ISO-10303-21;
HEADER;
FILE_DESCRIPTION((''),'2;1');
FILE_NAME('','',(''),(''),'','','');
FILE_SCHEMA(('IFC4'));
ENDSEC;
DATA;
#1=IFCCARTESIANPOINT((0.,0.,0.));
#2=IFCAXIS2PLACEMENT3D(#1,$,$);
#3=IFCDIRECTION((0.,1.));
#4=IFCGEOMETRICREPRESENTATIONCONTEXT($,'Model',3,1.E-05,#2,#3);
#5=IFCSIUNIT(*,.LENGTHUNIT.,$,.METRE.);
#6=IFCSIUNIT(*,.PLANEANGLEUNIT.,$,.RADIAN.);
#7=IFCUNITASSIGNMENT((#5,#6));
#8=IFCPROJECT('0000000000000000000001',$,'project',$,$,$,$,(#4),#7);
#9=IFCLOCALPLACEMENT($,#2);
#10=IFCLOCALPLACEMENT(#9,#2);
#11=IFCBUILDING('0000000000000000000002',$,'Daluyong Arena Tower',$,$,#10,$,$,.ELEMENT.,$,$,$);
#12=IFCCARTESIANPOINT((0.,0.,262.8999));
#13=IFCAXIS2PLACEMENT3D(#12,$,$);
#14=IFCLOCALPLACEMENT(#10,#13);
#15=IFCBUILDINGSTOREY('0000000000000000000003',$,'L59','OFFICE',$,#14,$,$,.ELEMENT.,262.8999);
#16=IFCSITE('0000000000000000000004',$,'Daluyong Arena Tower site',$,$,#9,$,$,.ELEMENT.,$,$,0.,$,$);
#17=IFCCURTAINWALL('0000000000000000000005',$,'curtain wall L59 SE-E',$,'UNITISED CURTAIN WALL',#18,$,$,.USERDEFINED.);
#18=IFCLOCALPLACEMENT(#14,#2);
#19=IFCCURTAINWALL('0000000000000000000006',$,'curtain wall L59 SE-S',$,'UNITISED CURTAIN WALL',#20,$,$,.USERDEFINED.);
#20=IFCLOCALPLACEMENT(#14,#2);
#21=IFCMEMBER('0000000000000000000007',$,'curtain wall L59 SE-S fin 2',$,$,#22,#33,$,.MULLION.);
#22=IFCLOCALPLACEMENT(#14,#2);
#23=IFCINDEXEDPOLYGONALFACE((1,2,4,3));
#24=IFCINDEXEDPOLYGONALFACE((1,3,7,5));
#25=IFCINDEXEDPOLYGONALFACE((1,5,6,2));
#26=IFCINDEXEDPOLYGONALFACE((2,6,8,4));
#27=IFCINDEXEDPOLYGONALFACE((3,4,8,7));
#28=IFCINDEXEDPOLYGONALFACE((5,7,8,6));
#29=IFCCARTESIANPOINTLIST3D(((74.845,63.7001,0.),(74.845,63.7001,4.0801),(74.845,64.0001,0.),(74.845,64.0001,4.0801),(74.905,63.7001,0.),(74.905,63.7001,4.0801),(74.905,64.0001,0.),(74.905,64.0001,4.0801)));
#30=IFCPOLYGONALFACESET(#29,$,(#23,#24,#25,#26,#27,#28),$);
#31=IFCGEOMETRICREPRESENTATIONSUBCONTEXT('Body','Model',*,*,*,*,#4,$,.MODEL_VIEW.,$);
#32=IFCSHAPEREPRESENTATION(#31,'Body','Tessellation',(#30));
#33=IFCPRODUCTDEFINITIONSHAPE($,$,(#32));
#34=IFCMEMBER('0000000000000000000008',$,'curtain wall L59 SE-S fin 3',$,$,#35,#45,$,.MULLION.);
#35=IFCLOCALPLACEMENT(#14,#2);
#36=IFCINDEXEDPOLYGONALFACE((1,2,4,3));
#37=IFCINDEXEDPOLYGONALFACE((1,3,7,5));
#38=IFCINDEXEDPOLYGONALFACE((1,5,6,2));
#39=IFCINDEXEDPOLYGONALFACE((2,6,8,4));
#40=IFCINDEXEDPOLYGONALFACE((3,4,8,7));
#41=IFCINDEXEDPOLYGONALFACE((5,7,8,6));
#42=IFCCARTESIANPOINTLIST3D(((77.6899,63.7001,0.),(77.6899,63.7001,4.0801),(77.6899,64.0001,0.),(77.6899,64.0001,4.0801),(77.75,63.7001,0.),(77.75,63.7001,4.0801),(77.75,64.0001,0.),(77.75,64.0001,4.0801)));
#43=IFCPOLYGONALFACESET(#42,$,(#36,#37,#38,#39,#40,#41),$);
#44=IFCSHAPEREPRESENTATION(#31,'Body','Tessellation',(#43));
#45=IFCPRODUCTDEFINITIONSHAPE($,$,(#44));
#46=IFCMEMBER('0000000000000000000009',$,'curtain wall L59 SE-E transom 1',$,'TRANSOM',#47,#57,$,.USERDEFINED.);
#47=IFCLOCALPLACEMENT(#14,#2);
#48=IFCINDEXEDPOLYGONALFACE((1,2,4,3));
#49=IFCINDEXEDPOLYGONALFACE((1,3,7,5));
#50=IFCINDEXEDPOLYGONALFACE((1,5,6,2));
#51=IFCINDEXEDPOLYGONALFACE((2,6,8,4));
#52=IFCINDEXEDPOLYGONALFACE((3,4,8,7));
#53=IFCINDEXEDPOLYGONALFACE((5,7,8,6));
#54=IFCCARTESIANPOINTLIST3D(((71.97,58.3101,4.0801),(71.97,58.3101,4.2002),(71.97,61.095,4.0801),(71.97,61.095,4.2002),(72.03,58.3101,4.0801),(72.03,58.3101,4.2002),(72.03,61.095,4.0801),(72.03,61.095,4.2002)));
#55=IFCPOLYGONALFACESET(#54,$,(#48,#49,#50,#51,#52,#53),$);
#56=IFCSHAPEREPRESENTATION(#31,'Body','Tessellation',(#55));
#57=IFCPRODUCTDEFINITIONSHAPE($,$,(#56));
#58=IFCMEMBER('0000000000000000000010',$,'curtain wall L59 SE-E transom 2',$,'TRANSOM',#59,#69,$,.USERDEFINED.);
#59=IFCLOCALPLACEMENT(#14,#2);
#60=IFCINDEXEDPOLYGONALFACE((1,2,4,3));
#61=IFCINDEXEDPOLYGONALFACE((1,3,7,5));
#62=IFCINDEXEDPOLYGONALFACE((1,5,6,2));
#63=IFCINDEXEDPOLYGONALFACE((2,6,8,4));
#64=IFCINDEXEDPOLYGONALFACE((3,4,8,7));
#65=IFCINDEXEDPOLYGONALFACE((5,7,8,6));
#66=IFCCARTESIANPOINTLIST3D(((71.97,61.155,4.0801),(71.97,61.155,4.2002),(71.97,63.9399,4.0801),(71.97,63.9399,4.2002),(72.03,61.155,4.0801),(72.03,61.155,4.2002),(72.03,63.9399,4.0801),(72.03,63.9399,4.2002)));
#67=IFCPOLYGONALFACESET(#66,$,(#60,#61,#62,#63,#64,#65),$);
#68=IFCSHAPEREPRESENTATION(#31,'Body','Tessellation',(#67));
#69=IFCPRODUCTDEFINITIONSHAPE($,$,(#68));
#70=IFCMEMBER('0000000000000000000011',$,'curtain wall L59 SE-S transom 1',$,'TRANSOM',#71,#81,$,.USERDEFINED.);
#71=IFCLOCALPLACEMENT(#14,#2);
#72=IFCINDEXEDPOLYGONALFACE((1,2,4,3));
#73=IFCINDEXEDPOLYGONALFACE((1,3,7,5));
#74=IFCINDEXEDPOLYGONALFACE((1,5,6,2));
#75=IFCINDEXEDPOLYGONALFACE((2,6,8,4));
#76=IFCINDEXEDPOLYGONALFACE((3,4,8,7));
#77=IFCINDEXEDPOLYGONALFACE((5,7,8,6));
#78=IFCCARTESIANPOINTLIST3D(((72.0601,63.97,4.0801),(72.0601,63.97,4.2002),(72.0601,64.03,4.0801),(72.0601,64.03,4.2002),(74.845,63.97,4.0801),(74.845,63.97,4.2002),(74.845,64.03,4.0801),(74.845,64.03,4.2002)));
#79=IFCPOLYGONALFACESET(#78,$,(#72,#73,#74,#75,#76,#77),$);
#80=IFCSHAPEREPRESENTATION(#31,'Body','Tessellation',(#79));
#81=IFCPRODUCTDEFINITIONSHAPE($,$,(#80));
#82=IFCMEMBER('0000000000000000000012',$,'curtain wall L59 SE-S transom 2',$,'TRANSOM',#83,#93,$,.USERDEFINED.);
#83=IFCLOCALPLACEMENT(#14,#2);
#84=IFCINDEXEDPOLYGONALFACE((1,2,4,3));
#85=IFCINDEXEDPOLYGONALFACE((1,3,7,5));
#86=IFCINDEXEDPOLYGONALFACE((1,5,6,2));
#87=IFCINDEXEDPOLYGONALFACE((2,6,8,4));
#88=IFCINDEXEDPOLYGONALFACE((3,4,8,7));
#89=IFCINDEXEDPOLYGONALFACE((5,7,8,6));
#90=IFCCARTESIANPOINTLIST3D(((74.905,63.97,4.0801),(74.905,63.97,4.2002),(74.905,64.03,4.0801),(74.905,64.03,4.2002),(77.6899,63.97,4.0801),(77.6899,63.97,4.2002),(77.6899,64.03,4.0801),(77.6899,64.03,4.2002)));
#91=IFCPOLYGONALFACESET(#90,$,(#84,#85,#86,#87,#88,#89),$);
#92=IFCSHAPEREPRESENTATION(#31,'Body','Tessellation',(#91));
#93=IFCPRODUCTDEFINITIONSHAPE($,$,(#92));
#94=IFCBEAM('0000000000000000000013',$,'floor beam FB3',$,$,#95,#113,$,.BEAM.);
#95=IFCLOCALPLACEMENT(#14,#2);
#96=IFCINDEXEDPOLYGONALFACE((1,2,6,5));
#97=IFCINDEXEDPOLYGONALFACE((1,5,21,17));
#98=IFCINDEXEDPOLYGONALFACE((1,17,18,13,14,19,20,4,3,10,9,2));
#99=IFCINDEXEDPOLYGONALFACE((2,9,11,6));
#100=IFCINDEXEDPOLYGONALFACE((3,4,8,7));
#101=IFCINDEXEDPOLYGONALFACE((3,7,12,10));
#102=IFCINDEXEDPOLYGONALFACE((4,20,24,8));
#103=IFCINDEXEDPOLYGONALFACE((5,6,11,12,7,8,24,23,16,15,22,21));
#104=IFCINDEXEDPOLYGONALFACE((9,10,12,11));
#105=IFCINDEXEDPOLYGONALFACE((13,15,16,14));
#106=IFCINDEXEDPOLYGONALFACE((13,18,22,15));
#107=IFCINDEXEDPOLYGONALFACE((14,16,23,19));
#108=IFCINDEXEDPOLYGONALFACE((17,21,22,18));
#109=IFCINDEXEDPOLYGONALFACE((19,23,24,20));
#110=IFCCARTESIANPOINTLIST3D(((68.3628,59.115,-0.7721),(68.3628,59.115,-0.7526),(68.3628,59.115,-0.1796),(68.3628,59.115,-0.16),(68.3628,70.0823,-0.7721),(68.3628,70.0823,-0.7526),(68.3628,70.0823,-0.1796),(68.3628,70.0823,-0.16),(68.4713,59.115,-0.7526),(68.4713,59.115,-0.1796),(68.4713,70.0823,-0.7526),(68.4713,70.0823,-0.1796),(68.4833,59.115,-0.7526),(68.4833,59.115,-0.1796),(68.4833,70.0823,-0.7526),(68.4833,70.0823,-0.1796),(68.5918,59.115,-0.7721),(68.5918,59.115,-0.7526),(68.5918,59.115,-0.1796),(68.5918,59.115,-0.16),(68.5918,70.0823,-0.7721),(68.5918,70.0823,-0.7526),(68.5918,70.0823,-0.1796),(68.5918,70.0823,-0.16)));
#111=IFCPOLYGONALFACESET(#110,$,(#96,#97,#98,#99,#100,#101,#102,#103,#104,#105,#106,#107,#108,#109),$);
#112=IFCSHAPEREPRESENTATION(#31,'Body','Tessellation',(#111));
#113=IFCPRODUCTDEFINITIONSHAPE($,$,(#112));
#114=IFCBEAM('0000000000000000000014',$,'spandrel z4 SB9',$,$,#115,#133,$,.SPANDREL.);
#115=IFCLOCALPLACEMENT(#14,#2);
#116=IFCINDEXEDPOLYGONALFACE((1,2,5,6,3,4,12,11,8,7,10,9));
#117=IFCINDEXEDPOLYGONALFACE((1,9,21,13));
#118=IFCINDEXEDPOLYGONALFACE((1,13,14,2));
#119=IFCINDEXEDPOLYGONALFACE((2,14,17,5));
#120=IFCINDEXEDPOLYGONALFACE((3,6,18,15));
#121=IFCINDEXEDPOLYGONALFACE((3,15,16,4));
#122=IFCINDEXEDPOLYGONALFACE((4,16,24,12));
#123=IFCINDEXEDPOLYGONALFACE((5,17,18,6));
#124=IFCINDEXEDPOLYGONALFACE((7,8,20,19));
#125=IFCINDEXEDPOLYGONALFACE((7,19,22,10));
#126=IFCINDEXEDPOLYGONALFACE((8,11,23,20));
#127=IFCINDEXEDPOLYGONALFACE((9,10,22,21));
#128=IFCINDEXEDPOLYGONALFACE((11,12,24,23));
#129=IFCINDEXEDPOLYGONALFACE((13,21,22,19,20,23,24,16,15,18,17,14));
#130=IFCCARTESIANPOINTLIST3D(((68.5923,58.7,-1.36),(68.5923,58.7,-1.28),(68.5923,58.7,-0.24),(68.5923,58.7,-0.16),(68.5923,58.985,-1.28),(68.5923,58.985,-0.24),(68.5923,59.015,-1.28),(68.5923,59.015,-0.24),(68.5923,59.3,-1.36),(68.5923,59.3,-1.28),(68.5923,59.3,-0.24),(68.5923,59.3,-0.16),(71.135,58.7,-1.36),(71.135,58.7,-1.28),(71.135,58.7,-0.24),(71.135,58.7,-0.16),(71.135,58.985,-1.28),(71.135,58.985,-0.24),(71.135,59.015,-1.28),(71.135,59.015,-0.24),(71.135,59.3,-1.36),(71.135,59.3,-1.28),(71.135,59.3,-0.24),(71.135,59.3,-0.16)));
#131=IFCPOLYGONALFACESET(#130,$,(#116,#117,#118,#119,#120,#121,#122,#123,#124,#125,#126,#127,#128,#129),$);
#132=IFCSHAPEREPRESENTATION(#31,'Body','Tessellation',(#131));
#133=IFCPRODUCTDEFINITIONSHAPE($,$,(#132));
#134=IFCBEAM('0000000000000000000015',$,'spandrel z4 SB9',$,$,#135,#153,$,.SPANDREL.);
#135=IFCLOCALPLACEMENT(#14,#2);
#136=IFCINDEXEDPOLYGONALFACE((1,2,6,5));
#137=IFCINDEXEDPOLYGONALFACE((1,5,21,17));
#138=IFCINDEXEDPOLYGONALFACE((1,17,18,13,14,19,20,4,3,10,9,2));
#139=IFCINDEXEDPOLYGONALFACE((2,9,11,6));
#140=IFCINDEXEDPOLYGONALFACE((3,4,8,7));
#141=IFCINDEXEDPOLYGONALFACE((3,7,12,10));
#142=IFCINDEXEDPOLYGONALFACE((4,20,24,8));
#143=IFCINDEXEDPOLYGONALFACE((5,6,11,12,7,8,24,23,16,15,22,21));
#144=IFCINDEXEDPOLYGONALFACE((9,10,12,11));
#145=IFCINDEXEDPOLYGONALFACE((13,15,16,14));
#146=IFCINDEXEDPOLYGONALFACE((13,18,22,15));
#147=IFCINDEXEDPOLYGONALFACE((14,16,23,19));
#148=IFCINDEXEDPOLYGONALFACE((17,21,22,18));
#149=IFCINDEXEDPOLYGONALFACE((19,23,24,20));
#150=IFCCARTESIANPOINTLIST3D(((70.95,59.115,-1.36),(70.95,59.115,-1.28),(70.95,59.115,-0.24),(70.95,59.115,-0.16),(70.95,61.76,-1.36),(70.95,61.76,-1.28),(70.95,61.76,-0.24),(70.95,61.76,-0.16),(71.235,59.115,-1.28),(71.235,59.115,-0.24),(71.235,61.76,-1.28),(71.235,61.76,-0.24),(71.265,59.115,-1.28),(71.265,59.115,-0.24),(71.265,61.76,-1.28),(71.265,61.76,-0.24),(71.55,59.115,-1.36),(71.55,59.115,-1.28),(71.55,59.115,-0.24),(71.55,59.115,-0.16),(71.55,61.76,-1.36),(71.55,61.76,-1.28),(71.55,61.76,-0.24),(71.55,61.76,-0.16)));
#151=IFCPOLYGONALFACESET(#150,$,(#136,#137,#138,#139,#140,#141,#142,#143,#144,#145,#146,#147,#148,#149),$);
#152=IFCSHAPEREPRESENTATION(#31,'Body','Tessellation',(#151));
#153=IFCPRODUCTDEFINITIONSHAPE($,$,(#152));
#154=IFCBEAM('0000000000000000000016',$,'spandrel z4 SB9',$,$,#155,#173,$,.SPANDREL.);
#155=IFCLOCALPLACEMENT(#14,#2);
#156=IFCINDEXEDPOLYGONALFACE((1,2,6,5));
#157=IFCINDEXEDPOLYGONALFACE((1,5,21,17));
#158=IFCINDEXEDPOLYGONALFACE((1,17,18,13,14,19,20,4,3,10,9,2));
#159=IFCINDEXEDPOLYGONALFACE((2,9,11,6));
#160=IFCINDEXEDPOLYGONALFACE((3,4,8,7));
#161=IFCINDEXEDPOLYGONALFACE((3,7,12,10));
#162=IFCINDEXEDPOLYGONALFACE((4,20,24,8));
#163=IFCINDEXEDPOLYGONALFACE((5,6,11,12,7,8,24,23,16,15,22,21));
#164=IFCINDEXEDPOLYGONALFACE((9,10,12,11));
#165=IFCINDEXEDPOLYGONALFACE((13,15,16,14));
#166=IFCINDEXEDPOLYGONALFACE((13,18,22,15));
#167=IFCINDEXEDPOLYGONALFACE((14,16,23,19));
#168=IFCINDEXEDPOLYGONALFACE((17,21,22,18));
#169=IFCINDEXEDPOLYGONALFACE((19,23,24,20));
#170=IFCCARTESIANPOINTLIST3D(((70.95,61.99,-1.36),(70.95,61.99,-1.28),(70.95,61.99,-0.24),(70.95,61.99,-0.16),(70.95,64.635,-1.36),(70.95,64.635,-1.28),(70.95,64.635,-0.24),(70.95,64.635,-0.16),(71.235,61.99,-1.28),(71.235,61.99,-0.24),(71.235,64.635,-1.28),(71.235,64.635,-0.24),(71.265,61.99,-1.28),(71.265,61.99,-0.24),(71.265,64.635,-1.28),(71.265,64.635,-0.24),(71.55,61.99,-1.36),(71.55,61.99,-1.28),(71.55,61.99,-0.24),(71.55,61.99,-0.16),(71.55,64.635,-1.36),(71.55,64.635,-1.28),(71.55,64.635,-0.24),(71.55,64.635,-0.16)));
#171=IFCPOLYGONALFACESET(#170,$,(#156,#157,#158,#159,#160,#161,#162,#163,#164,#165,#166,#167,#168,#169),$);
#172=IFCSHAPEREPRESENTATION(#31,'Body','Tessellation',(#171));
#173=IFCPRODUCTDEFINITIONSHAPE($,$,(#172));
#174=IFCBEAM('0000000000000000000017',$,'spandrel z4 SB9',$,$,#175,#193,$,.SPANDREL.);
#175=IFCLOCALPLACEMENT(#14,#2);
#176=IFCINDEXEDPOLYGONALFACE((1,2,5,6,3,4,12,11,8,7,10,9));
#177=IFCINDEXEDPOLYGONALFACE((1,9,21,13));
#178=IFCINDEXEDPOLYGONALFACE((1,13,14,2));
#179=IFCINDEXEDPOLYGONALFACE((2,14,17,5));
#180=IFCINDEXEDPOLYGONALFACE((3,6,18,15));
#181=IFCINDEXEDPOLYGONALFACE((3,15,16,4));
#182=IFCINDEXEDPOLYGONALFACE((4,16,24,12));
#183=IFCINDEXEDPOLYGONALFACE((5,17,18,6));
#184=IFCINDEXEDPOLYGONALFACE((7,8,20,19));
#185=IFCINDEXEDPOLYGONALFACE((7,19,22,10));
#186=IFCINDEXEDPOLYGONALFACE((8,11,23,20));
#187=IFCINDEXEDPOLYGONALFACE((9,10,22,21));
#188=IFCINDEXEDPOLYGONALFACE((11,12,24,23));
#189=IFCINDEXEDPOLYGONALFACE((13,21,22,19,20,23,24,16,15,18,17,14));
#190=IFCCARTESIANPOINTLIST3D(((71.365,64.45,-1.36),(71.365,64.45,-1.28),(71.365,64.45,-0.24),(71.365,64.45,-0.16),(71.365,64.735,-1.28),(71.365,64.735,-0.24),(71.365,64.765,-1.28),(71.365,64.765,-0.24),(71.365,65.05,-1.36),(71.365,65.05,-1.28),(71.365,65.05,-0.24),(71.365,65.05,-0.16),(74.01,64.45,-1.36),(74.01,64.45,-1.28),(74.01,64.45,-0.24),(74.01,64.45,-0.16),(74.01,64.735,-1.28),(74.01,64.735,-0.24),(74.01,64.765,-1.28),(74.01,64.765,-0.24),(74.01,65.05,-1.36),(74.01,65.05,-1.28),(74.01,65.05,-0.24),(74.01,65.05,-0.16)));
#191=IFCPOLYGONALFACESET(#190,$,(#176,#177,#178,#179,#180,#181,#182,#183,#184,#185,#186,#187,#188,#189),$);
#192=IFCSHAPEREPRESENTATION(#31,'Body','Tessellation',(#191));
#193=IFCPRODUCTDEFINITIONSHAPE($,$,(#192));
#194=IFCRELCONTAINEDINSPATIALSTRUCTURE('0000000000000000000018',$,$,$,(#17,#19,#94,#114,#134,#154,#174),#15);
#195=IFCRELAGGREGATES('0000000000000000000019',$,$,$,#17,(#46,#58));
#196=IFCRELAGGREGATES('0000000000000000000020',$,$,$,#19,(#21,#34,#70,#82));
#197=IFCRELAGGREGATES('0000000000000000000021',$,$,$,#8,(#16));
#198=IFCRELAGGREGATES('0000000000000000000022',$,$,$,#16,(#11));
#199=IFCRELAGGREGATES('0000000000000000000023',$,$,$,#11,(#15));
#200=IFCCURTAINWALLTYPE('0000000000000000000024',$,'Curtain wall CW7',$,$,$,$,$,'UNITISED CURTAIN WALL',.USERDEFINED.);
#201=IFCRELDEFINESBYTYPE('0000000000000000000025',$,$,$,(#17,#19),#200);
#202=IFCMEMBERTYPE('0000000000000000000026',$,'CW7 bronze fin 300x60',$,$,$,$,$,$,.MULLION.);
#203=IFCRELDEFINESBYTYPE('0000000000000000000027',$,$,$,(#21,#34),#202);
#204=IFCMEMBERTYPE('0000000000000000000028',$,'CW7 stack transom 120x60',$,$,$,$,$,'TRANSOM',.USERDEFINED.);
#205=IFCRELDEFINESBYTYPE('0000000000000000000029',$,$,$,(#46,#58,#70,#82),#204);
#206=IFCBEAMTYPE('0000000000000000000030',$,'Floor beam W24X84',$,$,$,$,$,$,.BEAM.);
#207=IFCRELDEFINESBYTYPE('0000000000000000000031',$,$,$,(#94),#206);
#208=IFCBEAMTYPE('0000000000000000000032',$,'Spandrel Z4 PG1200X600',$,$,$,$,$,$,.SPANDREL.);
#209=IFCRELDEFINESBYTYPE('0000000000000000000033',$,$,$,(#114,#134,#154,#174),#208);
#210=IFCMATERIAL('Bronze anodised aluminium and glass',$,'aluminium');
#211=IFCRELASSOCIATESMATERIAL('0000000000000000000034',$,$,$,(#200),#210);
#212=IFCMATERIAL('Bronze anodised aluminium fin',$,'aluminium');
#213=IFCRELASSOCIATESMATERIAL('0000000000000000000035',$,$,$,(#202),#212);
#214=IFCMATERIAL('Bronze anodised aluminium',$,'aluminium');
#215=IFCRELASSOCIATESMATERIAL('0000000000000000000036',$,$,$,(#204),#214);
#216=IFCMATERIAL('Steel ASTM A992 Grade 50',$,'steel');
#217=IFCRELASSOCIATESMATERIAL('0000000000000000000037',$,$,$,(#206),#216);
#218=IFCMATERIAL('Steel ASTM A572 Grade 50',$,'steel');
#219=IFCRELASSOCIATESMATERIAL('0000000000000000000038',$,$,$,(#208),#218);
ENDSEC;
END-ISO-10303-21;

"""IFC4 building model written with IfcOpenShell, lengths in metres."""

from ifc_helpers import new_model, si_unit, direction, frame, origin, origin_2d, place, context, subcontext, project, spatial, rectangle, i_section, extrude, material, material_profile, profile_set, type_object, element, aggregate, save


model = new_model("IFC4")

# Units and contexts
model_context = context("Model", 3, precision=1e-05, world=origin(), true_north=direction((0.0, 1.0)))
body_context = subcontext(model_context, "Body", "Model", "MODEL_VIEW")
ifc_project = project(units=[si_unit("LENGTHUNIT", "METRE"), si_unit("PLANEANGLEUNIT", "RADIAN")], contexts=[model_context])

# Site, building, storey
site_placement = place(None, origin())
site = spatial("IfcSite", under=ifc_project, at=site_placement, Name="Daluyong Arena Tower site", CompositionType="ELEMENT", RefElevation=0.0)
building_placement = place(site_placement, origin())
building = spatial("IfcBuilding", under=site, at=building_placement, Name="Daluyong Arena Tower", CompositionType="ELEMENT")
storey_placement = place(building_placement, frame((0.0, 0.0, 262.8999)))
storey = spatial("IfcBuildingStorey", under=building, at=storey_placement, Name="L59", Description="OFFICE", CompositionType="ELEMENT", Elevation=262.8999)

# Curtain walls, members
ifc_material_1 = material(Name="Bronze anodised aluminium and glass", Category="aluminium")
curtain_wall_type_1 = type_object("IfcCurtainWallType", Name="Curtain wall CW7", ElementType="UNITISED CURTAIN WALL", PredefinedType="USERDEFINED", material=ifc_material_1)
curtain_wall_1_placement = place(storey_placement, origin())
curtain_wall_1 = element("IfcCurtainWall", 1, at=curtain_wall_1_placement, inside=storey, type_object=curtain_wall_type_1, Name="curtain wall L59 SE-E", ObjectType="UNITISED CURTAIN WALL", PredefinedType="USERDEFINED")
ifc_material_2 = material(Name="Bronze anodised aluminium fin", Category="aluminium")
ifc_material_profile_1 = material_profile(ifc_material_2, rectangle(XDim=0.3, YDim=0.0601, at=origin_2d()))
ifc_profile_set_1 = profile_set([ifc_material_profile_1], Name="Bronze anodised aluminium fin")
member_type_1 = type_object("IfcMemberType", Name="CW7 bronze fin 300x60", PredefinedType="MULLION", material=ifc_profile_set_1)
curtain_wall_2_placement = place(storey_placement, origin())
curtain_wall_2 = element("IfcCurtainWall", 2, at=curtain_wall_2_placement, inside=storey, type_object=curtain_wall_type_1, Name="curtain wall L59 SE-S", ObjectType="UNITISED CURTAIN WALL", PredefinedType="USERDEFINED")
member_1_placement = place(storey_placement, frame((74.875, 63.8501, 0.0), z_axis=(0.0, 0.0, 1.0), x_axis=(0.0, 1.0, 0.0)))
member_1 = element("IfcMember", 3, at=member_1_placement, type_object=member_type_1, Name="curtain wall L59 SE-S fin 2", PredefinedType="MULLION", context=body_context, shape_type="SweptSolid", body=[
    extrude(rectangle(XDim=0.3, YDim=0.0601, at=origin_2d()), origin(), (0.0, 0.0, 1.0), 4.0801),
])
member_2_placement = place(storey_placement, frame((77.72, 63.8501, 0.0), z_axis=(0.0, 0.0, 1.0), x_axis=(0.0, 1.0, 0.0)))
member_2 = element("IfcMember", 4, at=member_2_placement, type_object=member_type_1, Name="curtain wall L59 SE-S fin 3", PredefinedType="MULLION", context=body_context, shape_type="SweptSolid", body=[
    extrude(rectangle(XDim=0.3, YDim=0.0601, at=origin_2d()), origin(), (0.0, 0.0, 1.0), 4.0801),
])

# Members
ifc_material_3 = material(Name="Bronze anodised aluminium", Category="aluminium")
ifc_material_profile_2 = material_profile(ifc_material_3, rectangle(XDim=0.0601, YDim=0.1201, at=origin_2d()))
ifc_profile_set_2 = profile_set([ifc_material_profile_2], Name="Bronze anodised aluminium")
member_type_2 = type_object("IfcMemberType", Name="CW7 stack transom 120x60", ElementType="TRANSOM", PredefinedType="USERDEFINED", material=ifc_profile_set_2)
member_3_placement = place(storey_placement, frame((72.0, 58.3101, 4.1401), z_axis=(0.0, 1.0, 0.0), x_axis=(-1.0, 0.0, 0.0)))
member_3 = element("IfcMember", 5, at=member_3_placement, type_object=member_type_2, Name="curtain wall L59 SE-E transom 1", ObjectType="TRANSOM", PredefinedType="USERDEFINED", context=body_context, shape_type="SweptSolid", body=[
    extrude(rectangle(XDim=0.0601, YDim=0.1201, at=origin_2d()), origin(), (0.0, 0.0, 1.0), 2.7849),
])
member_4_placement = place(storey_placement, frame((72.0, 61.155, 4.1401), z_axis=(0.0, 1.0, 0.0), x_axis=(-1.0, 0.0, 0.0)))
member_4 = element("IfcMember", 6, at=member_4_placement, type_object=member_type_2, Name="curtain wall L59 SE-E transom 2", ObjectType="TRANSOM", PredefinedType="USERDEFINED", context=body_context, shape_type="SweptSolid", body=[
    extrude(rectangle(XDim=0.0601, YDim=0.1201, at=origin_2d()), origin(), (0.0, 0.0, 1.0), 2.7849),
])
member_5_placement = place(storey_placement, frame((72.0601, 64.0, 4.1401), z_axis=(1.0, 0.0, 0.0), x_axis=(0.0, 1.0, 0.0)))
member_5 = element("IfcMember", 7, at=member_5_placement, type_object=member_type_2, Name="curtain wall L59 SE-S transom 1", ObjectType="TRANSOM", PredefinedType="USERDEFINED", context=body_context, shape_type="SweptSolid", body=[
    extrude(rectangle(XDim=0.0601, YDim=0.1201, at=origin_2d()), origin(), (0.0, 0.0, 1.0), 2.7849),
])
member_6_placement = place(storey_placement, frame((74.905, 64.0, 4.1401), z_axis=(1.0, 0.0, 0.0), x_axis=(0.0, 1.0, 0.0)))
member_6 = element("IfcMember", 8, at=member_6_placement, type_object=member_type_2, Name="curtain wall L59 SE-S transom 2", ObjectType="TRANSOM", PredefinedType="USERDEFINED", context=body_context, shape_type="SweptSolid", body=[
    extrude(rectangle(XDim=0.0601, YDim=0.1201, at=origin_2d()), origin(), (0.0, 0.0, 1.0), 2.7849),
])

# Beams
ifc_material_4 = material(Name="Steel ASTM A992 Grade 50", Category="steel")
ifc_material_profile_3 = material_profile(ifc_material_4, i_section(OverallWidth=0.229, OverallDepth=0.6121, WebThickness=0.012, FlangeThickness=0.0195, at=origin_2d()))
ifc_profile_set_3 = profile_set([ifc_material_profile_3], Name="Steel ASTM A992 Grade 50")
beam_type_1 = type_object("IfcBeamType", Name="Floor beam W24X84", PredefinedType="BEAM", material=ifc_profile_set_3)
beam_1_placement = place(storey_placement, frame((68.4773, 59.115, -0.4661), z_axis=(0.0, 1.0, 0.0), x_axis=(-1.0, 0.0, 0.0)))
element("IfcBeam", 9, at=beam_1_placement, inside=storey, type_object=beam_type_1, Name="floor beam FB3", PredefinedType="BEAM", context=body_context, shape_type="SweptSolid", body=[
    extrude(i_section(OverallWidth=0.229, OverallDepth=0.6121, WebThickness=0.012, FlangeThickness=0.0195, at=origin_2d()), origin(), (0.0, 0.0, 1.0), 10.9673),
])
ifc_material_5 = material(Name="Steel ASTM A572 Grade 50", Category="steel")
ifc_material_profile_4 = material_profile(ifc_material_5, i_section(OverallWidth=0.6001, OverallDepth=1.2, WebThickness=0.03, FlangeThickness=0.08, at=origin_2d()))
ifc_profile_set_4 = profile_set([ifc_material_profile_4], Name="Steel ASTM A572 Grade 50")
beam_type_2 = type_object("IfcBeamType", Name="Spandrel Z4 PG1200X600", PredefinedType="SPANDREL", material=ifc_profile_set_4)
beam_2_placement = place(storey_placement, frame((68.5923, 59.0, -0.76), z_axis=(1.0, 0.0, 0.0), x_axis=(0.0, 1.0, 0.0)))
element("IfcBeam", 10, at=beam_2_placement, inside=storey, type_object=beam_type_2, Name="spandrel z4 SB9", PredefinedType="SPANDREL", context=body_context, shape_type="SweptSolid", body=[
    extrude(i_section(OverallWidth=0.6001, OverallDepth=1.2, WebThickness=0.03, FlangeThickness=0.08, at=origin_2d()), origin(), (0.0, 0.0, 1.0), 2.5427),
])
for number, where, z_axis, x_axis, name in (
    (11, (71.25, 59.115, -0.76), (0.0, 1.0, 0.0), (-1.0, 0.0, 0.0), "spandrel z4 SB9"),
    (12, (71.25, 61.99, -0.76), (0.0, 1.0, 0.0), (-1.0, 0.0, 0.0), "spandrel z4 SB9"),
    (13, (71.365, 64.75, -0.76), (1.0, 0.0, 0.0), (0.0, 1.0, 0.0), "spandrel z4 SB9"),
):
    element("IfcBeam", number, at=place(storey_placement, frame(where, z_axis=z_axis, x_axis=x_axis)), inside=storey, type_object=beam_type_2, Name=name, PredefinedType="SPANDREL", context=body_context, shape_type="SweptSolid", body=[
        extrude(i_section(OverallWidth=0.6001, OverallDepth=1.2, WebThickness=0.03, FlangeThickness=0.08, at=origin_2d()), origin(), (0.0, 0.0, 1.0), 2.645),
    ])

aggregate(curtain_wall_1, [member_3, member_4])
aggregate(curtain_wall_2, [member_1, member_2, member_5, member_6])

save(model, "model.ifc")
